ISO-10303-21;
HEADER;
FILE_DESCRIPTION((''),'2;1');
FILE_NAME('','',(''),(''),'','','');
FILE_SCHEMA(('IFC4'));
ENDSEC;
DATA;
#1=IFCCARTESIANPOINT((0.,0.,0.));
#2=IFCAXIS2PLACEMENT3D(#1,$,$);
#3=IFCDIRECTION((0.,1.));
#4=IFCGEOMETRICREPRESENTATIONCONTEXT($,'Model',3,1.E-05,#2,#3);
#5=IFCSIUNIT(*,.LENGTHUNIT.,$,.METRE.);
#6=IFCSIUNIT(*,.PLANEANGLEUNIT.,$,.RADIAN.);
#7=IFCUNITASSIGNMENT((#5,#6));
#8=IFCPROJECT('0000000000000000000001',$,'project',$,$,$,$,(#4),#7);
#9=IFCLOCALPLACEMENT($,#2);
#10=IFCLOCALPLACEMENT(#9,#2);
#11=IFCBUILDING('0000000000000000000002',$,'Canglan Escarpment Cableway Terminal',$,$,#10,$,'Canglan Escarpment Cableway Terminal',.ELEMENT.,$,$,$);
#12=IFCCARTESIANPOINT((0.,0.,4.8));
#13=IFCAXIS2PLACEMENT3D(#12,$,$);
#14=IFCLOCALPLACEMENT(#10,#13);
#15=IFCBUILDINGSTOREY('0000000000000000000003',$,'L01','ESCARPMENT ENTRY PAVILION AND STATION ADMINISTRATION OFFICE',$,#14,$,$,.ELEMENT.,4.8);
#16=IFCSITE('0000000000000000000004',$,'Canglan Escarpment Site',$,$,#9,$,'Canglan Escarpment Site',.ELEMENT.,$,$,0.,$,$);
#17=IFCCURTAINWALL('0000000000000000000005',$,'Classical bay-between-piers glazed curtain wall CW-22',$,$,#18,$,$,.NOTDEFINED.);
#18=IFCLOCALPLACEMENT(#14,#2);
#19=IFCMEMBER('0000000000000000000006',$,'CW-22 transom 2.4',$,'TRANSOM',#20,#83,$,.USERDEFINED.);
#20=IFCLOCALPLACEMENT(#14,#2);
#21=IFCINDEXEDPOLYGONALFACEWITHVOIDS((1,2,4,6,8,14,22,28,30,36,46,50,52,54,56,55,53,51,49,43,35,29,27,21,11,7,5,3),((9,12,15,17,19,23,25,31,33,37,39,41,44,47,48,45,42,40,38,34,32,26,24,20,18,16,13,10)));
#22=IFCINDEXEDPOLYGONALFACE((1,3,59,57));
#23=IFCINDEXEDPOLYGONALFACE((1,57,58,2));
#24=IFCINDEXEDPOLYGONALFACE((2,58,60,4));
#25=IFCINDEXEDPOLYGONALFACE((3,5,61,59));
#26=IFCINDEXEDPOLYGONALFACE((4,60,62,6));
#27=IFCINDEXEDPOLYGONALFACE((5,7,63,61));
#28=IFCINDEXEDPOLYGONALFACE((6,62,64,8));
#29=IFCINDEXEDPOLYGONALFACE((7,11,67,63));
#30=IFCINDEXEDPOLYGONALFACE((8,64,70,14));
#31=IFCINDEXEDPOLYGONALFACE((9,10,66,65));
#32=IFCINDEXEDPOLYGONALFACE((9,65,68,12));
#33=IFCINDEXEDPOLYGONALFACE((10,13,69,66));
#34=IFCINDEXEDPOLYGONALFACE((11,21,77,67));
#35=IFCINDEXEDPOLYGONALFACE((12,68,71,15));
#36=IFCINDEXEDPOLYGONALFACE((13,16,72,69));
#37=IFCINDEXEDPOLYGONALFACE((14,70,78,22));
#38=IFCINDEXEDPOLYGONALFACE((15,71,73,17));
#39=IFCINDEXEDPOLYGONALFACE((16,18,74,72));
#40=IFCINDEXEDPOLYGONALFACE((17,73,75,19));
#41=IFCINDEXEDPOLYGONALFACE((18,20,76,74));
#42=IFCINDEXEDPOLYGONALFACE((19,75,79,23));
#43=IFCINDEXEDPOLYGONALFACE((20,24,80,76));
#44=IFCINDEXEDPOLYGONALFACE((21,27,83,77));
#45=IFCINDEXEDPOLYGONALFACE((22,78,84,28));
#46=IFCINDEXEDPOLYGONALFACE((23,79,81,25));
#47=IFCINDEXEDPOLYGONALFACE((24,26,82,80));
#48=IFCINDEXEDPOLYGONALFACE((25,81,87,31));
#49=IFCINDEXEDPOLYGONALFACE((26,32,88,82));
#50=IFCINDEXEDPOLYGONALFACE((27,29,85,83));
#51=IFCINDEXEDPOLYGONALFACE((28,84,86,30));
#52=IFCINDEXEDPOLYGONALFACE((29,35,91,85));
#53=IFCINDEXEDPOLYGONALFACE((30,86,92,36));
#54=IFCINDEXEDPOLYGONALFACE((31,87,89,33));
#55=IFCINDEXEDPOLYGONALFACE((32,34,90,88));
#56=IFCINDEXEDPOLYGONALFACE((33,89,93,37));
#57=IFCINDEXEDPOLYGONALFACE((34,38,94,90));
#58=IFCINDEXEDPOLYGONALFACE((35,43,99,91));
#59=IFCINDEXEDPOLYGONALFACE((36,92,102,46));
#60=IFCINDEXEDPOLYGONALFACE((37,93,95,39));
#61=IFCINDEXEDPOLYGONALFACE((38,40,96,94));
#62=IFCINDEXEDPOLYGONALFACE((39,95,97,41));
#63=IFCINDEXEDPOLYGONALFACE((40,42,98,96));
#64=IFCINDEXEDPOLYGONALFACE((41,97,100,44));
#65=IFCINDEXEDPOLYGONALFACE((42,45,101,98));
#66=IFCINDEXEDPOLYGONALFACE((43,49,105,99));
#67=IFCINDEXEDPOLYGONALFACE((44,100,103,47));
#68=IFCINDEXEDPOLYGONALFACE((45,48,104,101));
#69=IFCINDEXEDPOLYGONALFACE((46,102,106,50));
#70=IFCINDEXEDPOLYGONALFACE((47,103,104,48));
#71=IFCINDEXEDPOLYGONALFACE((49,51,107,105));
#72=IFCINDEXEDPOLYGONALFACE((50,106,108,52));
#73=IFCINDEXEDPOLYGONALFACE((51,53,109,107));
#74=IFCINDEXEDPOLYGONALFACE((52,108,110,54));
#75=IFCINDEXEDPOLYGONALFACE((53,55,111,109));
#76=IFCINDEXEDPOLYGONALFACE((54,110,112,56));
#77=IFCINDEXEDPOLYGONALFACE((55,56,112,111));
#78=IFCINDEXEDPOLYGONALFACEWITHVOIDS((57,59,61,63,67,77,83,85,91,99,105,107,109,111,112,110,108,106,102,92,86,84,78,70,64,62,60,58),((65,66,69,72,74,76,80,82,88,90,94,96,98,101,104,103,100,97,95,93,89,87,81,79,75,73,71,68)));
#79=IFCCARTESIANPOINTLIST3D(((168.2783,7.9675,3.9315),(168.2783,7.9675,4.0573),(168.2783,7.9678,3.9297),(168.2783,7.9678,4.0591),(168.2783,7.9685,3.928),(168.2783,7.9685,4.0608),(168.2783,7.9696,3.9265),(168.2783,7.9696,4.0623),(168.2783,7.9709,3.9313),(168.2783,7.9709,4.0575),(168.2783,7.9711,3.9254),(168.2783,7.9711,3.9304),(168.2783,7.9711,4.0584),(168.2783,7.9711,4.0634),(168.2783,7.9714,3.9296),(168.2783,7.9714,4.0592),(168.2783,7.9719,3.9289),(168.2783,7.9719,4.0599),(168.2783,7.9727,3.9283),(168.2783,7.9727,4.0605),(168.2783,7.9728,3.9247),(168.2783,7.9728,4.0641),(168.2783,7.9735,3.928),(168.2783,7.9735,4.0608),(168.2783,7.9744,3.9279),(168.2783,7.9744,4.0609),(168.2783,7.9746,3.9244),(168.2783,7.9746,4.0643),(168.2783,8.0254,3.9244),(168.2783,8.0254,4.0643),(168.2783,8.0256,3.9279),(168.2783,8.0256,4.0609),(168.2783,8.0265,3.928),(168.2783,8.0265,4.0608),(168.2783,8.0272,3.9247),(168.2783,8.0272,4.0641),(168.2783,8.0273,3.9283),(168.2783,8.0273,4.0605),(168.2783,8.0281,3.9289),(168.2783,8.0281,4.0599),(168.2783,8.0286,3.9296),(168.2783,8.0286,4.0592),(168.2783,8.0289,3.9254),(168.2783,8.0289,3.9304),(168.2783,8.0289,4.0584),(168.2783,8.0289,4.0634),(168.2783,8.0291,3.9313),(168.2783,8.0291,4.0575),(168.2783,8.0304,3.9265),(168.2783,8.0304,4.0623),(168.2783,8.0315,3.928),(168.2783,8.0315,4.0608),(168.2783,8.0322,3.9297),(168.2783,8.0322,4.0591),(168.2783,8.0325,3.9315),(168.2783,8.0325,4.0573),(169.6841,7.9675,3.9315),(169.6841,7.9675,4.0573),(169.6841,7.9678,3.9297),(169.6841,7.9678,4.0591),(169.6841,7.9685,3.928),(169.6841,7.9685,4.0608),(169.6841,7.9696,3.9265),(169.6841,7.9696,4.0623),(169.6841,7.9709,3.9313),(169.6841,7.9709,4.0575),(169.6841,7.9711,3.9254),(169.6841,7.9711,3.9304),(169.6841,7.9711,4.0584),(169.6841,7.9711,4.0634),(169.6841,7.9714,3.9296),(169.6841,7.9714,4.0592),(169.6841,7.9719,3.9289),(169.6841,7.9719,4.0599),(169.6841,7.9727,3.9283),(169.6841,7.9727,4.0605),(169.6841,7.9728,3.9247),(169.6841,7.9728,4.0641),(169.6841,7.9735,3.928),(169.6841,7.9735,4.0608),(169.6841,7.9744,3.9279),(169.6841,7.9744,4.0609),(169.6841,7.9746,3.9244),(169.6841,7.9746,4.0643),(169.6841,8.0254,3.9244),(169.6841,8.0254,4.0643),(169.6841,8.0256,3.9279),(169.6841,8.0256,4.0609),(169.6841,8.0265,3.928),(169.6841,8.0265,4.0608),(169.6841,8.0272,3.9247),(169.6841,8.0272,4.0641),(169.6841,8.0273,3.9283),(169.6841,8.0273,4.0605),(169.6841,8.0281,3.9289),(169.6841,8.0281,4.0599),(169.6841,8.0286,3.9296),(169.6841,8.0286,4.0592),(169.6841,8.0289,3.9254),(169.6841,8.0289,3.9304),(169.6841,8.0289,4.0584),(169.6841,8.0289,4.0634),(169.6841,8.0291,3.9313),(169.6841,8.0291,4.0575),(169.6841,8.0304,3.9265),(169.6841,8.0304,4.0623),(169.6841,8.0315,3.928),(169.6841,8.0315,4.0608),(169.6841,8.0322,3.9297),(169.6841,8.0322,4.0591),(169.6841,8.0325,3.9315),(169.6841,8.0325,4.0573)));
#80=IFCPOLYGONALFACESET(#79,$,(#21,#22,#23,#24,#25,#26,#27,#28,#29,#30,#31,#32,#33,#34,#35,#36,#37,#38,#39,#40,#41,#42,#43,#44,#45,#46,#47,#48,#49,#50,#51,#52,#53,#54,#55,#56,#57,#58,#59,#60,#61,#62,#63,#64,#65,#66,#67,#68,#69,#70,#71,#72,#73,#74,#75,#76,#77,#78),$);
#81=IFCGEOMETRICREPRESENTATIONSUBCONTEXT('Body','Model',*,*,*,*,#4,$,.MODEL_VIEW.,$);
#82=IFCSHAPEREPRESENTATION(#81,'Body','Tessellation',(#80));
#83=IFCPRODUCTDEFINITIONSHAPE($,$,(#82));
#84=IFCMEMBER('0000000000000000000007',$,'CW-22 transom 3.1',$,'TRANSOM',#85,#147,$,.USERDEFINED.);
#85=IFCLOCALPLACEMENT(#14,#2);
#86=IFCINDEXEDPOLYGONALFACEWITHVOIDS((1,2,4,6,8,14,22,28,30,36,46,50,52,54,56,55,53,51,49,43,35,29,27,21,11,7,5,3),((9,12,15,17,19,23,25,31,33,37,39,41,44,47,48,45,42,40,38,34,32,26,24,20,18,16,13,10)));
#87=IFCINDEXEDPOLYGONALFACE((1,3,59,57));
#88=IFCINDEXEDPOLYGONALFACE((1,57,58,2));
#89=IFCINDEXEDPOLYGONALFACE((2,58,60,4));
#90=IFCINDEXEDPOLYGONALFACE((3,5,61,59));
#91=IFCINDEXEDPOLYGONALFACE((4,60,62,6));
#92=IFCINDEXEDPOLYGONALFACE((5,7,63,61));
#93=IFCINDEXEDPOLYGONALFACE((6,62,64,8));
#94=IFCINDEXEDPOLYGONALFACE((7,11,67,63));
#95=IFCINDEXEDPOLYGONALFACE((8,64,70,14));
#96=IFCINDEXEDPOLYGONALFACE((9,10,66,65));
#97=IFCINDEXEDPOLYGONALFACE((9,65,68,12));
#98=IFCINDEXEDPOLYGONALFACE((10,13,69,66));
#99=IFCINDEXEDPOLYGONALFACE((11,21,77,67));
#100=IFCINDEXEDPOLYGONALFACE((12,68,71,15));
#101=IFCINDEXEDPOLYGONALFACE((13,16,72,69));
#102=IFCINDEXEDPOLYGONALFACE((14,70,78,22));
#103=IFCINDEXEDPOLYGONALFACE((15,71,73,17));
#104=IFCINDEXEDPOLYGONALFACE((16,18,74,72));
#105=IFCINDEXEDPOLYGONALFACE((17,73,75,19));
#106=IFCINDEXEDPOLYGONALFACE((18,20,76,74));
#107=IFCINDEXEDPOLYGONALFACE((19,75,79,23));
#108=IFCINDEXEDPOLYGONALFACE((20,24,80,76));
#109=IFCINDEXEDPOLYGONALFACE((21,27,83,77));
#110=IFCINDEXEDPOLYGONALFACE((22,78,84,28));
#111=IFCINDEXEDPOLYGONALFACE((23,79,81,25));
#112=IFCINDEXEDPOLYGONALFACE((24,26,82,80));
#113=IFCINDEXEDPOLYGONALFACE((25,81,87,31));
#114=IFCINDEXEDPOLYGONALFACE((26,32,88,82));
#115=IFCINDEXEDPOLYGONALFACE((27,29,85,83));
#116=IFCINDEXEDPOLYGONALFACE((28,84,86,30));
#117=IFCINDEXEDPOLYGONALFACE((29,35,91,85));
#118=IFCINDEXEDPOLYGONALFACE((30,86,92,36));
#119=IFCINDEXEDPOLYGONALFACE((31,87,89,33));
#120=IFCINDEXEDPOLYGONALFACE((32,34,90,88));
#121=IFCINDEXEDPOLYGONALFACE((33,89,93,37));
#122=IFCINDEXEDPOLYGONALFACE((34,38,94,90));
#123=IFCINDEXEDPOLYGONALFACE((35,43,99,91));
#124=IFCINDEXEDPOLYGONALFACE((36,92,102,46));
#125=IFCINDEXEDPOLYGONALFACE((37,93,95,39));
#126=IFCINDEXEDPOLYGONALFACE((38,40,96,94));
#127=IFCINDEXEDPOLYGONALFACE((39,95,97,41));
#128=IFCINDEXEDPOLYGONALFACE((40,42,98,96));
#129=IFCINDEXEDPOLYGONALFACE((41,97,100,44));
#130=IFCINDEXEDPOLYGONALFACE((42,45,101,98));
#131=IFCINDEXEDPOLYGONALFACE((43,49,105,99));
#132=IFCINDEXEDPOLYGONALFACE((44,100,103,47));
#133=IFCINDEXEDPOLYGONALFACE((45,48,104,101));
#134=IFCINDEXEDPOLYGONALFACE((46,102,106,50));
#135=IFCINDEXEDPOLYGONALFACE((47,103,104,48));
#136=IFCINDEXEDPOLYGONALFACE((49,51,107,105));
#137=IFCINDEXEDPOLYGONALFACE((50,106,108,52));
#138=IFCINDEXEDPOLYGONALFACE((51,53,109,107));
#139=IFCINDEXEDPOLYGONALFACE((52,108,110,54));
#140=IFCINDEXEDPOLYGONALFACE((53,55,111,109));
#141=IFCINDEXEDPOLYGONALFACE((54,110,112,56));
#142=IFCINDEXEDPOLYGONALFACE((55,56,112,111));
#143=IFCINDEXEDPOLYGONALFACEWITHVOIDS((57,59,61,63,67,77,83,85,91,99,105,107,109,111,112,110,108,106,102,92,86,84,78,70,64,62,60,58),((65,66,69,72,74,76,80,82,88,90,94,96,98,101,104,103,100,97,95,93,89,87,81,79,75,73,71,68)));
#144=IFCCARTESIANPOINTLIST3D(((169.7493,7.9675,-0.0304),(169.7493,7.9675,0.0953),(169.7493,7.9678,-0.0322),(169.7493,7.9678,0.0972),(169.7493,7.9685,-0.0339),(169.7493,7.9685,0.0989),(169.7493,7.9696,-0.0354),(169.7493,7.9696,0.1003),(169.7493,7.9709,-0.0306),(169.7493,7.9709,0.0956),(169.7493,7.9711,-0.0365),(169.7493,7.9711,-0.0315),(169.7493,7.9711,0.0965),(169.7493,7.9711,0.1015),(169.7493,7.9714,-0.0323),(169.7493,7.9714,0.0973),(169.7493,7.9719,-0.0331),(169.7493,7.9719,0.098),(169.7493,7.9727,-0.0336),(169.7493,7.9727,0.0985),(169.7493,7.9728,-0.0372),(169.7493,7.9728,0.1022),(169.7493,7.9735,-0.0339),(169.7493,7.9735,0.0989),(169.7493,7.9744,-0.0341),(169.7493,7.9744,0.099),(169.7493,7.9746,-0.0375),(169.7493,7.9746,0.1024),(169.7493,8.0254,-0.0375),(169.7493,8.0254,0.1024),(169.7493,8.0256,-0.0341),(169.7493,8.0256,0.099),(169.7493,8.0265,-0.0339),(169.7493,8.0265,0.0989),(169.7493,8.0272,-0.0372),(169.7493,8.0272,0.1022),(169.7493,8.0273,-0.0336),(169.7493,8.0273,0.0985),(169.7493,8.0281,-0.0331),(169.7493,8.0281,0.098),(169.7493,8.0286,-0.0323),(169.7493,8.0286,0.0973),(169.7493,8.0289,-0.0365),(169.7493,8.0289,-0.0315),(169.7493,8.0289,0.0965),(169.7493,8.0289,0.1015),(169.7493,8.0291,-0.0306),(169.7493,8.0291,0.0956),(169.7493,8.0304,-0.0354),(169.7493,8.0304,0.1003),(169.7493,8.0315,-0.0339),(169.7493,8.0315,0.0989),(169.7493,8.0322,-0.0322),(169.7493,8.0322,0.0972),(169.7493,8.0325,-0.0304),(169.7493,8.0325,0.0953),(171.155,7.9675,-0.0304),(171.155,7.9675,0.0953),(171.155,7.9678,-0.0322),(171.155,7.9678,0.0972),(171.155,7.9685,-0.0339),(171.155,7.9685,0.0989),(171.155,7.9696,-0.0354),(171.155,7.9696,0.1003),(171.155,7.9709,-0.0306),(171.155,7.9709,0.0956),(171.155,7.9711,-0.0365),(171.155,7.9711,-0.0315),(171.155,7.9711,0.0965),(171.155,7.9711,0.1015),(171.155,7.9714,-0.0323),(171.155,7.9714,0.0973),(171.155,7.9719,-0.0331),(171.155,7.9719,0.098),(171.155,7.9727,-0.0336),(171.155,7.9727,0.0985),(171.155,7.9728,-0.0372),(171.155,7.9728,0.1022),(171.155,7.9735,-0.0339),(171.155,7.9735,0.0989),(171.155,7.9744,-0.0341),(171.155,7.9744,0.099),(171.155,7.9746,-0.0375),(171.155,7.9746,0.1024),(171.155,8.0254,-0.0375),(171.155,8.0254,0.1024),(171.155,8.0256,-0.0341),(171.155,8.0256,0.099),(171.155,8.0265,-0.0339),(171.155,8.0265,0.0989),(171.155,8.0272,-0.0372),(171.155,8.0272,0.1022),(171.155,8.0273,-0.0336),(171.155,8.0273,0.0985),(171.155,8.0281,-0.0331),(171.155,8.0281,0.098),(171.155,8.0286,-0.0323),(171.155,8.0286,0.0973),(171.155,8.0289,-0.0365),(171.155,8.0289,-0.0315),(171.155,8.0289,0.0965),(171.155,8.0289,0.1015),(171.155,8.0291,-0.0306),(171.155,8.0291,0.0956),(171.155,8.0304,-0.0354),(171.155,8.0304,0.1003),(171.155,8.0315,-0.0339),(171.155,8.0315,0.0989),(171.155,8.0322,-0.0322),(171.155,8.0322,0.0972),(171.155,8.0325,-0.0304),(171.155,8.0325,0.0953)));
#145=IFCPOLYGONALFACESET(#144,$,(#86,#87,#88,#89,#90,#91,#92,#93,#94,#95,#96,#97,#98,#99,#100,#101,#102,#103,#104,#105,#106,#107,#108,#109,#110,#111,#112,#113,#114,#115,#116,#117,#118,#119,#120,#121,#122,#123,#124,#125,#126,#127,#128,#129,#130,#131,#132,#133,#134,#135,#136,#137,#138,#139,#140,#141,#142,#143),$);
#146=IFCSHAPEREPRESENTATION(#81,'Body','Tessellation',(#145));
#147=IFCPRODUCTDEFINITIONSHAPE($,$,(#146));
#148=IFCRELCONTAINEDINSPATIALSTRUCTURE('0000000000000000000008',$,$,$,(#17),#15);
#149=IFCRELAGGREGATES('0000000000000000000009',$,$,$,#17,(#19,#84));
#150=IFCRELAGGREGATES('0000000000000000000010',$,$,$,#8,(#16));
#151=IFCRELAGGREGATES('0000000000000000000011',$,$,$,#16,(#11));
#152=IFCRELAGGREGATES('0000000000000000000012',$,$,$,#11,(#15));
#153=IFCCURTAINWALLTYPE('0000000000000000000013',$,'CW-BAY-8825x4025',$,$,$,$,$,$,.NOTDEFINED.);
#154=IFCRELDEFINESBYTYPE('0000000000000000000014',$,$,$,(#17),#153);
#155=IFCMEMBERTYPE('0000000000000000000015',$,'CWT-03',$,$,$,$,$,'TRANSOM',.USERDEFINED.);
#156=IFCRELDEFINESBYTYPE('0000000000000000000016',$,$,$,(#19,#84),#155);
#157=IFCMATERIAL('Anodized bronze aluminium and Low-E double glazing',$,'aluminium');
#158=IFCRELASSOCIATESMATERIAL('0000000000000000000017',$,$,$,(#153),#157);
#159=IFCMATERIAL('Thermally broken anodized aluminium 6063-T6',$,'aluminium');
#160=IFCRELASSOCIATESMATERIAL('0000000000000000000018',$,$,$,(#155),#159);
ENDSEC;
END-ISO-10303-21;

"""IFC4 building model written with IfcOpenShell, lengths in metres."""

from ifc_helpers import new_model, si_unit, direction, frame, origin, origin_2d, place, context, subcontext, project, spatial, hollow_rectangle, extrude, material, material_profile, profile_set, type_object, element, aggregate, save


model = new_model("IFC4")

# Units and contexts
model_context = context("Model", 3, precision=1e-05, world=origin(), true_north=direction((0.0, 1.0)))
body_context = subcontext(model_context, "Body", "Model", "MODEL_VIEW")
ifc_project = project(units=[si_unit("LENGTHUNIT", "METRE"), si_unit("PLANEANGLEUNIT", "RADIAN")], contexts=[model_context])

# Site, building, storey
site_placement = place(None, origin())
site = spatial("IfcSite", under=ifc_project, at=site_placement, Name="Canglan Escarpment Site", LongName="Canglan Escarpment Site", CompositionType="ELEMENT", RefElevation=0.0)
building_placement = place(site_placement, origin())
building = spatial("IfcBuilding", under=site, at=building_placement, Name="Canglan Escarpment Cableway Terminal", LongName="Canglan Escarpment Cableway Terminal", CompositionType="ELEMENT")
storey_placement = place(building_placement, frame((0.0, 0.0, 4.8)))
storey = spatial("IfcBuildingStorey", under=building, at=storey_placement, Name="L01", Description="ESCARPMENT ENTRY PAVILION AND STATION ADMINISTRATION OFFICE", CompositionType="ELEMENT", Elevation=4.8)

# Curtain wall, members
ifc_material_1 = material(Name="Anodized bronze aluminium and Low-E double glazing", Category="aluminium")
curtain_wall_type = type_object("IfcCurtainWallType", Name="CW-BAY-8825x4025", PredefinedType="NOTDEFINED", material=ifc_material_1)
curtain_wall_placement = place(storey_placement, origin())
curtain_wall = element("IfcCurtainWall", 1, at=curtain_wall_placement, inside=storey, type_object=curtain_wall_type, Name="Classical bay-between-piers glazed curtain wall CW-22", PredefinedType="NOTDEFINED")
ifc_material_2 = material(Name="Thermally broken anodized aluminium 6063-T6", Category="aluminium")
ifc_material_profile_1 = material_profile(ifc_material_2, hollow_rectangle(XDim=0.0649, YDim=0.1399, WallThickness=0.0034, InnerFilletRadius=0.0034, OuterFilletRadius=0.0071, at=origin_2d()), Name="ALU-TRAN 65x140x3.5")
ifc_profile_set_1 = profile_set([ifc_material_profile_1], Name="Thermally broken anodized aluminium 6063-T6")
member_type_1 = type_object("IfcMemberType", Name="CWT-03", ElementType="TRANSOM", PredefinedType="USERDEFINED", material=ifc_profile_set_1)
member_1_placement = place(storey_placement, frame((168.2783, 8.0, 3.9944), z_axis=(1.0, 0.0, 0.0), x_axis=(0.0, 1.0, 0.0)))
member_1 = element("IfcMember", 2, at=member_1_placement, type_object=member_type_1, Name="CW-22 transom 2.4", ObjectType="TRANSOM", PredefinedType="USERDEFINED", context=body_context, shape_type="SweptSolid", body=[
    extrude(hollow_rectangle(XDim=0.0649, YDim=0.1399, WallThickness=0.0034, InnerFilletRadius=0.0034, OuterFilletRadius=0.0071, at=origin_2d()), origin(), (0.0, 0.0, 1.0), 1.4058),
])
member_2_placement = place(storey_placement, frame((169.7493, 8.0, 0.0325), z_axis=(1.0, 0.0, 0.0), x_axis=(0.0, 1.0, 0.0)))
member_2 = element("IfcMember", 3, at=member_2_placement, type_object=member_type_1, Name="CW-22 transom 3.1", ObjectType="TRANSOM", PredefinedType="USERDEFINED", context=body_context, shape_type="SweptSolid", body=[
    extrude(hollow_rectangle(XDim=0.0649, YDim=0.1399, WallThickness=0.0034, InnerFilletRadius=0.0034, OuterFilletRadius=0.0071, at=origin_2d()), origin(), (0.0, 0.0, 1.0), 1.4058),
])
aggregate(curtain_wall, [member_1, member_2])

save(model, "model.ifc")
